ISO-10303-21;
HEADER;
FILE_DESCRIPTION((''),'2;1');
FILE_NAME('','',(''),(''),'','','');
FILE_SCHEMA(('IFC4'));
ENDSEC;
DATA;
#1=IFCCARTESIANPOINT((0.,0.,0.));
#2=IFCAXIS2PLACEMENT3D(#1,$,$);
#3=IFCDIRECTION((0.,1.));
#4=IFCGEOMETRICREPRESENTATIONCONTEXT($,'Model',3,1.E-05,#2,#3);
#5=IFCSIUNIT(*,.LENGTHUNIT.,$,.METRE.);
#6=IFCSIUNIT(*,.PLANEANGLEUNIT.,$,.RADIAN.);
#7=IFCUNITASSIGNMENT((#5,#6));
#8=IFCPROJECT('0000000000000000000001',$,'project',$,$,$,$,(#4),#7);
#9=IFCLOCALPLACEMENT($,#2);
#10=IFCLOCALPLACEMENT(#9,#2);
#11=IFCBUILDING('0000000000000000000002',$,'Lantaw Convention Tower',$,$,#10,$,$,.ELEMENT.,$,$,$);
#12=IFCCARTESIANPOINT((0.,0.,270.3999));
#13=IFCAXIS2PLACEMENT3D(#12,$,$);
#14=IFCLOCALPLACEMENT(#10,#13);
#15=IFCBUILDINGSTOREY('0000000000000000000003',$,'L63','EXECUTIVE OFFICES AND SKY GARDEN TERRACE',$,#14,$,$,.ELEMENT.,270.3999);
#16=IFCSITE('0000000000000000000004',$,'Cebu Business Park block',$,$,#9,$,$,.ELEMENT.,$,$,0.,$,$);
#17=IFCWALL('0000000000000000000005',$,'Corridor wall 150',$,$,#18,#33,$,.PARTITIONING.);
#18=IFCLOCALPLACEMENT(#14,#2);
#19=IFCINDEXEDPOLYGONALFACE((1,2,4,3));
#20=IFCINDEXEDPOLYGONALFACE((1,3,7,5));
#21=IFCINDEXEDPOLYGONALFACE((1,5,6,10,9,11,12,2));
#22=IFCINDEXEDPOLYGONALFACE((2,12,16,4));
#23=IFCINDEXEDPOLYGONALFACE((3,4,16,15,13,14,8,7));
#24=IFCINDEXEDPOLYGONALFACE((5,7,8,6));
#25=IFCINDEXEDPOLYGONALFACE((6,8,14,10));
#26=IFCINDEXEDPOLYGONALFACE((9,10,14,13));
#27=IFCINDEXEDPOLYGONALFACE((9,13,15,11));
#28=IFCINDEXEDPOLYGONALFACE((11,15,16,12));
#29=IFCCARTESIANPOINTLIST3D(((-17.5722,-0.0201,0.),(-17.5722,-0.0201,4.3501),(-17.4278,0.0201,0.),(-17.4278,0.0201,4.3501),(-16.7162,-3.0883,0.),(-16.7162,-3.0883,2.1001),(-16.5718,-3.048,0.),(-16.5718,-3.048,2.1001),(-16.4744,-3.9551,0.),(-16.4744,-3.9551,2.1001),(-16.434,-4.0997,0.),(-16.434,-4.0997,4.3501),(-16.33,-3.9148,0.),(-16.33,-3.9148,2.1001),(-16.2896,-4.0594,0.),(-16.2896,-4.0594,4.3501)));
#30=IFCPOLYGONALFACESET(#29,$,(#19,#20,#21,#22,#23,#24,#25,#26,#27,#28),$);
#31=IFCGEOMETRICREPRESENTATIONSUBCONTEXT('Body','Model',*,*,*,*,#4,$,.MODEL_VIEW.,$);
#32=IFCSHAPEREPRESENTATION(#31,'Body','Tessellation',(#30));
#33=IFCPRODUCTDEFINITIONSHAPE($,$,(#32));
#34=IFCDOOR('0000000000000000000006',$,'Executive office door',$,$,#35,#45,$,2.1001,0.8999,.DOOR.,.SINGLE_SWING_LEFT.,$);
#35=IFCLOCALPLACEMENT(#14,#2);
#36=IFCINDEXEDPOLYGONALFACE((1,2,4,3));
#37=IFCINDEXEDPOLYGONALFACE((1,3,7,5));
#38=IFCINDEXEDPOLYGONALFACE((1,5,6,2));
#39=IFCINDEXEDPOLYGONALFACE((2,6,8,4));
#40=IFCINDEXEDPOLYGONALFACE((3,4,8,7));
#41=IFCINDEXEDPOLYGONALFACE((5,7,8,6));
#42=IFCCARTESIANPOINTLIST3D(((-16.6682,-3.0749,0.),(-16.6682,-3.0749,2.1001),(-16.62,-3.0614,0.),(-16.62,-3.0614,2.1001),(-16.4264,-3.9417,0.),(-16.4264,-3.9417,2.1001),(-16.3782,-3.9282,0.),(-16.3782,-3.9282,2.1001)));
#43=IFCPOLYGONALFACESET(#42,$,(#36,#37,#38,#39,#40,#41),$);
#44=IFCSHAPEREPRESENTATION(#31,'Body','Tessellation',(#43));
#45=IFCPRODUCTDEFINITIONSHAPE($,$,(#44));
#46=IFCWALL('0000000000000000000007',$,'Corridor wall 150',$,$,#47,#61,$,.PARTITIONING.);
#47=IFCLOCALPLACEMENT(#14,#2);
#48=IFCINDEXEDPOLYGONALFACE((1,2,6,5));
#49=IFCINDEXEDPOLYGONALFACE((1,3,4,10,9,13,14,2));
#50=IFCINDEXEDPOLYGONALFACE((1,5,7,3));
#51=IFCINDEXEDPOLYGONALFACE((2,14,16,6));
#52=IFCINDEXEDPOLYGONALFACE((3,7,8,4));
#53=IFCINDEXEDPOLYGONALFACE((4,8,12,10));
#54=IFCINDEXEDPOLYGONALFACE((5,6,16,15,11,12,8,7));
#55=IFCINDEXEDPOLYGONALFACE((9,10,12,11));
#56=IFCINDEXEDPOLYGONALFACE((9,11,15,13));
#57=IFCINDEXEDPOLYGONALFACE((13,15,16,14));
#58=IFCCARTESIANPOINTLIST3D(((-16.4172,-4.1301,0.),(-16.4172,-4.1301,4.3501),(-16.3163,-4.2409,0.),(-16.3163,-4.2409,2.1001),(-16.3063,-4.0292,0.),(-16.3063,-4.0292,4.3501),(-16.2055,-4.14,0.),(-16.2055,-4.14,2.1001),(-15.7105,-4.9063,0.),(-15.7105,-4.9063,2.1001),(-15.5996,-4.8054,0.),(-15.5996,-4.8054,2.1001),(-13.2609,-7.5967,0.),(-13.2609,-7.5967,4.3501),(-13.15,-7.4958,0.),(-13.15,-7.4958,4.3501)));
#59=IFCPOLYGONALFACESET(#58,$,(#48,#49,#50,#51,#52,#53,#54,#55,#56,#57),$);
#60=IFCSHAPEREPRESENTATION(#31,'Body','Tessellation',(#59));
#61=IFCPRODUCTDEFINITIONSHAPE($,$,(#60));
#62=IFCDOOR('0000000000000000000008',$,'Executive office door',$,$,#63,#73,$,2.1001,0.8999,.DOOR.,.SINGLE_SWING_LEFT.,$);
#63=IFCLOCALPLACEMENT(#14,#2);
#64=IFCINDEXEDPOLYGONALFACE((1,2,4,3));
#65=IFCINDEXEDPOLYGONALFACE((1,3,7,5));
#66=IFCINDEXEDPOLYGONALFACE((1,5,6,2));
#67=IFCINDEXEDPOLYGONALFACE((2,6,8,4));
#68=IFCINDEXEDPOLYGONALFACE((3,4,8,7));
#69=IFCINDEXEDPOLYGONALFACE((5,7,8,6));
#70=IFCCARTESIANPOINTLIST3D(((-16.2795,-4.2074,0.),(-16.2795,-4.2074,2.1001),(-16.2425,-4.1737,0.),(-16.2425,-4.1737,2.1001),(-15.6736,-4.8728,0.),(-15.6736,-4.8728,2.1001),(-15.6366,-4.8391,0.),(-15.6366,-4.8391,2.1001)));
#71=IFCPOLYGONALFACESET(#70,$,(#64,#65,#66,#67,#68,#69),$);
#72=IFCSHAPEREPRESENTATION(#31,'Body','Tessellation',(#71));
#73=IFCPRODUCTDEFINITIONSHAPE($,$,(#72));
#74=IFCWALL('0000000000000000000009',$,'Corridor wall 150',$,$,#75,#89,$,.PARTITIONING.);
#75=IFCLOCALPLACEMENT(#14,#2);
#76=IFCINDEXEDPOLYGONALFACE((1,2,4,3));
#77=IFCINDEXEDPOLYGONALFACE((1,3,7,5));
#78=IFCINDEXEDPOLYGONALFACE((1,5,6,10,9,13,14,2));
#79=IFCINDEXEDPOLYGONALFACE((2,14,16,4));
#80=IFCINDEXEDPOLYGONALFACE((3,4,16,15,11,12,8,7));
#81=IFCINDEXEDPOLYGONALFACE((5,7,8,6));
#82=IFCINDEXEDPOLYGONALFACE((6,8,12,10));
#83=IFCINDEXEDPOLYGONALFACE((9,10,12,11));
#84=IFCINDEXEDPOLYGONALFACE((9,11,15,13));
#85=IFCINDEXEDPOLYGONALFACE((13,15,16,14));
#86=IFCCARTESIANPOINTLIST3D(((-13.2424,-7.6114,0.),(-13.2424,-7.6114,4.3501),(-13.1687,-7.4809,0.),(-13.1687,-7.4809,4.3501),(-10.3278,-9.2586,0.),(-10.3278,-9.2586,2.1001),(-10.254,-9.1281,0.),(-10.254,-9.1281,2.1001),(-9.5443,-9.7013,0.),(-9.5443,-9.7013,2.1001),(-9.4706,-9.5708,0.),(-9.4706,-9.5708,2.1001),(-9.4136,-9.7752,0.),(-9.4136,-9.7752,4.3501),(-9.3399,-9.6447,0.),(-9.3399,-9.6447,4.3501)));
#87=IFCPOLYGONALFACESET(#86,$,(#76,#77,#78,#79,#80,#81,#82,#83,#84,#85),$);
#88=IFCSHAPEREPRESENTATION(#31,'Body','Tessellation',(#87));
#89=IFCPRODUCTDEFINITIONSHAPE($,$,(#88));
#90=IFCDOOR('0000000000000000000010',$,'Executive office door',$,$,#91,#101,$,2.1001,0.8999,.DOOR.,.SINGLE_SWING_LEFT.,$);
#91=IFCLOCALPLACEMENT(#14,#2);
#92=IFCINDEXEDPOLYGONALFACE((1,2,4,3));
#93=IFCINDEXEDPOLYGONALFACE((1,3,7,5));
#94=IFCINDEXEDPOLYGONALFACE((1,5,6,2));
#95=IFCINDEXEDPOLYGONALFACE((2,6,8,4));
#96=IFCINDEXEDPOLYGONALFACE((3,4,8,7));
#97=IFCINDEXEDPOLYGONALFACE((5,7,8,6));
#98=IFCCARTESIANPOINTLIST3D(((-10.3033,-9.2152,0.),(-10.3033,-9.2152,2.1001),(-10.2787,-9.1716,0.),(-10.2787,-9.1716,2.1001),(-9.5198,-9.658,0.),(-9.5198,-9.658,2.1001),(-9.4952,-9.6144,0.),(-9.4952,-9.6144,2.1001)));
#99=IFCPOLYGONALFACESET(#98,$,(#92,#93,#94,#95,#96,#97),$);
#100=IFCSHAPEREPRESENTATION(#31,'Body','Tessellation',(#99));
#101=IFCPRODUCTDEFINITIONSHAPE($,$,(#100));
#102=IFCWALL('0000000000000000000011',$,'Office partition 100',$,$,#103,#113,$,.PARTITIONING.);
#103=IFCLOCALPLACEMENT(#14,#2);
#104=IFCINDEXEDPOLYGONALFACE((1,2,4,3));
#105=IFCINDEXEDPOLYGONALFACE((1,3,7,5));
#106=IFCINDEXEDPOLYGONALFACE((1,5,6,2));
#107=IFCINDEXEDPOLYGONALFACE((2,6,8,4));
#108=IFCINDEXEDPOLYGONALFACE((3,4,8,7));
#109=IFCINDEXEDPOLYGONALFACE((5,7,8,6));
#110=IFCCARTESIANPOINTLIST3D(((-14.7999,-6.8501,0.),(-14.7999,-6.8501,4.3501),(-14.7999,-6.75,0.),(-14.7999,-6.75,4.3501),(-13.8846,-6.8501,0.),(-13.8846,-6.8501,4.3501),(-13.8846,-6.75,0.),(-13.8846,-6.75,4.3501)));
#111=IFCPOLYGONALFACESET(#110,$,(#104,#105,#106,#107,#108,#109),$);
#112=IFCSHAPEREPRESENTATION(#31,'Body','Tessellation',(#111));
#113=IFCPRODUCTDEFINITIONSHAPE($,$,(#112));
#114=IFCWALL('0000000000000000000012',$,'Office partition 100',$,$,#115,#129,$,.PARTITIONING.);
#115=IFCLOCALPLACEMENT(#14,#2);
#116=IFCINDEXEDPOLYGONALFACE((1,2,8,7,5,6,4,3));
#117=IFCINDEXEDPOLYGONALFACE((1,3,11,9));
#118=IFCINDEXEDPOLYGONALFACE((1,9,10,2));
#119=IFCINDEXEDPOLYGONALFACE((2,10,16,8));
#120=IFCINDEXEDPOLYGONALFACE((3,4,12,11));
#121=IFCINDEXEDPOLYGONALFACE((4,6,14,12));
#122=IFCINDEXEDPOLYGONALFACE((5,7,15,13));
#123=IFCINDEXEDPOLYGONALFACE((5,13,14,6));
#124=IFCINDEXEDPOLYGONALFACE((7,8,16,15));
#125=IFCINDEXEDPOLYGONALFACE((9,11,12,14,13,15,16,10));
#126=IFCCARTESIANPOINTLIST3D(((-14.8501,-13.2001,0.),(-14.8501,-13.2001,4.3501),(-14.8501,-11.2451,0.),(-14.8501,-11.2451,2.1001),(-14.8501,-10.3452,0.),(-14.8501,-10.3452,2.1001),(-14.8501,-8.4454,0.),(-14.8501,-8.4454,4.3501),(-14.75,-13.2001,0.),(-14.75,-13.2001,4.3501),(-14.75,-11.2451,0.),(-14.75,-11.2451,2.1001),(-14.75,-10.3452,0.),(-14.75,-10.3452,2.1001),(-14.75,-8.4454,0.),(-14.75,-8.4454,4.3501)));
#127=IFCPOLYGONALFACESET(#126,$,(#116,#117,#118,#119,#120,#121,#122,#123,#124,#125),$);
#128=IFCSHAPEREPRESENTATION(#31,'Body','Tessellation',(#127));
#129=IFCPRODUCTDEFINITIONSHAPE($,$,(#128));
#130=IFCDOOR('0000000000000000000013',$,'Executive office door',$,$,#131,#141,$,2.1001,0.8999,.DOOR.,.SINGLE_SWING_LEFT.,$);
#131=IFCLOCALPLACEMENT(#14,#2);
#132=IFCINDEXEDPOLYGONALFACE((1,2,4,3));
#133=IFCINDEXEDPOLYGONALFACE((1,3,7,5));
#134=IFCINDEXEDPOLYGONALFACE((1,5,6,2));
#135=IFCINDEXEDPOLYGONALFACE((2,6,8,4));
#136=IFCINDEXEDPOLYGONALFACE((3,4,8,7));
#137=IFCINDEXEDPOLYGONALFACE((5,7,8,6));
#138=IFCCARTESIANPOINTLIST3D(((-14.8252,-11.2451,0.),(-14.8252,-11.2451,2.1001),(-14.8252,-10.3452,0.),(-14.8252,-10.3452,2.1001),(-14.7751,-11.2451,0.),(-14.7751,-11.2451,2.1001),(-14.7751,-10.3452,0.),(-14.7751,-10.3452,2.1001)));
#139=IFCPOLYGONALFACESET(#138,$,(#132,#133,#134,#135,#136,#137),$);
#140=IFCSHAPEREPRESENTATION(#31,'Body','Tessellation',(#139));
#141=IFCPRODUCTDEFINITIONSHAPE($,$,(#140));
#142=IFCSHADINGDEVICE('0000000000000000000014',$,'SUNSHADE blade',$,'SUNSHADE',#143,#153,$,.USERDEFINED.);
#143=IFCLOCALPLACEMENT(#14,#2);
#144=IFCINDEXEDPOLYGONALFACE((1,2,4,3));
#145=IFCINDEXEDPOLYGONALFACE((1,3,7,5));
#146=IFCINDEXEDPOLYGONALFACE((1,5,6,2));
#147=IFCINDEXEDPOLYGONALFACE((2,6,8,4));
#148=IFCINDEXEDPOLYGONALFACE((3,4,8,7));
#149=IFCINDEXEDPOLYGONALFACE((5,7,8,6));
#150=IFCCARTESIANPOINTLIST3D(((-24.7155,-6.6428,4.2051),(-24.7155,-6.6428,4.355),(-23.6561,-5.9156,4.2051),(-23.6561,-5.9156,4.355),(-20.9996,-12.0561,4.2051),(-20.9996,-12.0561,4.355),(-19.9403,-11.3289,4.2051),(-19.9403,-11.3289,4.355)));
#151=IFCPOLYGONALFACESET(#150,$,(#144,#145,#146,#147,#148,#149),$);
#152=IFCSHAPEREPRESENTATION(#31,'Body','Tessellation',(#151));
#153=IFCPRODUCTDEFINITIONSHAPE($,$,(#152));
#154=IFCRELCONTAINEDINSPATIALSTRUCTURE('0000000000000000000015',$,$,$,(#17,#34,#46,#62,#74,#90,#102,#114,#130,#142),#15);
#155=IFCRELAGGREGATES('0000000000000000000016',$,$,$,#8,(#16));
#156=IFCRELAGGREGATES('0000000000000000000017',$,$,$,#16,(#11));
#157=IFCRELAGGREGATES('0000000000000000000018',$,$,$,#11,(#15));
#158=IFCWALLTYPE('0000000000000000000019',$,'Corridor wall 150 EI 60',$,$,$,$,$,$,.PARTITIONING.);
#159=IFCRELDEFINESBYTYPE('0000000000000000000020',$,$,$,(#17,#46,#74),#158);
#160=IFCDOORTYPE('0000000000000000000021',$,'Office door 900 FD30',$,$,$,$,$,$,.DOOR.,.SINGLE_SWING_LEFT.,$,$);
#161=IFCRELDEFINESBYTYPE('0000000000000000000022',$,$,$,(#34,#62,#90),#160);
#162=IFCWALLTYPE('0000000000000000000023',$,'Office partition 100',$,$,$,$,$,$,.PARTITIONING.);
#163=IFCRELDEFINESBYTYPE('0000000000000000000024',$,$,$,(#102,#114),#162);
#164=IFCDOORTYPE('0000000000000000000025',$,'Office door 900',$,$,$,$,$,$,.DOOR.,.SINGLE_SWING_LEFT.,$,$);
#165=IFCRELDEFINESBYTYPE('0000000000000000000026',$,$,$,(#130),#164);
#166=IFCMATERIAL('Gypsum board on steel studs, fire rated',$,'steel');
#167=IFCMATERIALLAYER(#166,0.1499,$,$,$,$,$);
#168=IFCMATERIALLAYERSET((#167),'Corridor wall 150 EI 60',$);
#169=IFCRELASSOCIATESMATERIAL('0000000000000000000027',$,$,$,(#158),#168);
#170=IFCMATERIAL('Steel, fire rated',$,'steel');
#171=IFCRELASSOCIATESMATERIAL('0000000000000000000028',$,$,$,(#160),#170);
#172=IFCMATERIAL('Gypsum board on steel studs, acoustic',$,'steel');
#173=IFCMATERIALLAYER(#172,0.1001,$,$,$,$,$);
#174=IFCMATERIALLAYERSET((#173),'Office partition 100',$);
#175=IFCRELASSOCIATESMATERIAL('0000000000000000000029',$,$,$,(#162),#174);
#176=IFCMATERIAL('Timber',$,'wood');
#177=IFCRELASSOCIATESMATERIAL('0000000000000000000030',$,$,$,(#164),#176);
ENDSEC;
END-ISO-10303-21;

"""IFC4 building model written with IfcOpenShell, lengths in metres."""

from ifc_helpers import new_model, si_unit, direction, frame, frame_2d, origin, origin_2d, place, context, subcontext, project, spatial, rectangle, extrude, material, layer, layer_set, type_object, element, fill, save


model = new_model("IFC4")

# Units and contexts
model_context = context("Model", 3, precision=1e-05, world=origin(), true_north=direction((0.0, 1.0)))
body_context = subcontext(model_context, "Body", "Model", "MODEL_VIEW")
ifc_project = project(units=[si_unit("LENGTHUNIT", "METRE"), si_unit("PLANEANGLEUNIT", "RADIAN")], contexts=[model_context])

# Site, building, storey
site_placement = place(None, origin())
site = spatial("IfcSite", under=ifc_project, at=site_placement, Name="Cebu Business Park block", CompositionType="ELEMENT", RefElevation=0.0)
building_placement = place(site_placement, origin())
building = spatial("IfcBuilding", under=site, at=building_placement, Name="Lantaw Convention Tower", CompositionType="ELEMENT")
storey_placement = place(building_placement, frame((0.0, 0.0, 270.3999)))
storey = spatial("IfcBuildingStorey", under=building, at=storey_placement, Name="L63", Description="EXECUTIVE OFFICES AND SKY GARDEN TERRACE", CompositionType="ELEMENT", Elevation=270.3999)

# Walls, openings, doors
ifc_material_1 = material(Name="Gypsum board on steel studs, fire rated", Category="steel")
ifc_layer_1 = layer(ifc_material_1, 0.1499)
ifc_layer_set_1 = layer_set([ifc_layer_1], Name="Corridor wall 150 EI 60")
wall_type_1 = type_object("IfcWallType", Name="Corridor wall 150 EI 60", PredefinedType="PARTITIONING", material=ifc_layer_set_1)
wall_1_placement = place(storey_placement, frame((-17.5, 0.0, 0.0), z_axis=(0.0, 0.0, 1.0), x_axis=(0.268732, -0.963215, 0.0)))
wall_1 = element("IfcWall", 1, at=wall_1_placement, inside=storey, type_object=wall_type_1, Name="Corridor wall 150", PredefinedType="PARTITIONING", context=body_context, shape_type="SweptSolid", body=[
    extrude(rectangle(XDim=4.2354, YDim=0.1499, at=frame_2d((2.1177, 0.0))), origin(), (0.0, 0.0, 1.0), 4.3501),
])
opening_1_placement = place(wall_1_placement, frame((3.1853, 0.0, 0.0)))
opening_1 = element("IfcOpeningElement", 2, at=opening_1_placement, cuts=wall_1, PredefinedType="OPENING", context=body_context, shape_type="SweptSolid", body=[
    extrude(rectangle(XDim=0.8999, YDim=2.1001, at=frame_2d((0.45, 1.05))), frame((0.0, 0.085, 0.0), z_axis=(0.0, -1.0, 0.0), x_axis=(1.0, 0.0, 0.0)), (0.0, 0.0, 1.0), 0.1699),
])
ifc_material_2 = material(Name="Steel, fire rated", Category="steel")
door_type_1 = type_object("IfcDoorType", Name="Office door 900 FD30", OperationType="SINGLE_SWING_LEFT", PredefinedType="DOOR", material=ifc_material_2)
door_1_placement = place(opening_1_placement, origin())
door_1 = element("IfcDoor", 3, at=door_1_placement, inside=storey, type_object=door_type_1, Name="Executive office door", OperationType="SINGLE_SWING_LEFT", OverallHeight=2.1001, OverallWidth=0.8999, PredefinedType="DOOR", context=body_context, shape_type="SweptSolid", body=[
    extrude(rectangle(XDim=0.8999, YDim=2.1001, at=frame_2d((0.45, 1.05))), frame((0.0, 0.0249, 0.0), z_axis=(0.0, -1.0, 0.0), x_axis=(1.0, 0.0, 0.0)), (0.0, 0.0, 1.0), 0.05),
])
fill(opening_1, door_1)
wall_2_placement = place(storey_placement, frame((-16.3618, -4.0796, 0.0), z_axis=(0.0, 0.0, 1.0), x_axis=(0.673238, -0.739426, 0.0)))
wall_2 = element("IfcWall", 4, at=wall_2_placement, inside=storey, type_object=wall_type_1, Name="Corridor wall 150", PredefinedType="PARTITIONING", context=body_context, shape_type="SweptSolid", body=[
    extrude(rectangle(XDim=4.6882, YDim=0.1499, at=frame_2d((2.3442, 0.0))), origin(), (0.0, 0.0, 1.0), 4.3501),
])
opening_2_placement = place(wall_2_placement, frame((0.1499, 0.0, 0.0)))
opening_2 = element("IfcOpeningElement", 5, at=opening_2_placement, cuts=wall_2, PredefinedType="OPENING", context=body_context, shape_type="SweptSolid", body=[
    extrude(rectangle(XDim=0.8999, YDim=2.1001, at=frame_2d((0.45, 1.05))), frame((0.0, 0.085, 0.0), z_axis=(0.0, -1.0, 0.0), x_axis=(1.0, 0.0, 0.0)), (0.0, 0.0, 1.0), 0.1699),
])
door_2_placement = place(opening_2_placement, origin())
door_2 = element("IfcDoor", 6, at=door_2_placement, inside=storey, type_object=door_type_1, Name="Executive office door", OperationType="SINGLE_SWING_LEFT", OverallHeight=2.1001, OverallWidth=0.8999, PredefinedType="DOOR", context=body_context, shape_type="SweptSolid", body=[
    extrude(rectangle(XDim=0.8999, YDim=2.1001, at=frame_2d((0.45, 1.05))), frame((0.0, 0.0249, 0.0), z_axis=(0.0, -1.0, 0.0), x_axis=(1.0, 0.0, 0.0)), (0.0, 0.0, 1.0), 0.05),
])
fill(opening_2, door_2)
wall_3_placement = place(storey_placement, frame((-13.2056, -7.5461, 0.0), z_axis=(0.0, 0.0, 1.0), x_axis=(0.870594, -0.492002, 0.0)))
wall_3 = element("IfcWall", 7, at=wall_3_placement, inside=storey, type_object=wall_type_1, Name="Corridor wall 150", PredefinedType="PARTITIONING", context=body_context, shape_type="SweptSolid", body=[
    extrude(rectangle(XDim=4.3979, YDim=0.1499, at=frame_2d((2.199, 0.0))), origin(), (0.0, 0.0, 1.0), 4.3501),
])
opening_3_placement = place(wall_3_placement, frame((3.3479, 0.0, 0.0)))
opening_3 = element("IfcOpeningElement", 8, at=opening_3_placement, cuts=wall_3, PredefinedType="OPENING", context=body_context, shape_type="SweptSolid", body=[
    extrude(rectangle(XDim=0.8999, YDim=2.1001, at=frame_2d((0.45, 1.05))), frame((0.0, 0.085, 0.0), z_axis=(0.0, -1.0, 0.0), x_axis=(1.0, 0.0, 0.0)), (0.0, 0.0, 1.0), 0.1699),
])
door_3_placement = place(opening_3_placement, origin())
door_3 = element("IfcDoor", 9, at=door_3_placement, inside=storey, type_object=door_type_1, Name="Executive office door", OperationType="SINGLE_SWING_LEFT", OverallHeight=2.1001, OverallWidth=0.8999, PredefinedType="DOOR", context=body_context, shape_type="SweptSolid", body=[
    extrude(rectangle(XDim=0.8999, YDim=2.1001, at=frame_2d((0.45, 1.05))), frame((0.0, 0.0249, 0.0), z_axis=(0.0, -1.0, 0.0), x_axis=(1.0, 0.0, 0.0)), (0.0, 0.0, 1.0), 0.05),
])
fill(opening_3, door_3)

# Wall
ifc_material_3 = material(Name="Gypsum board on steel studs, acoustic", Category="steel")
ifc_layer_2 = layer(ifc_material_3, 0.1001)
ifc_layer_set_2 = layer_set([ifc_layer_2], Name="Office partition 100")
wall_type_2 = type_object("IfcWallType", Name="Office partition 100", PredefinedType="PARTITIONING", material=ifc_layer_set_2)
wall_4_placement = place(storey_placement, frame((-13.8848, -6.8, 0.0), z_axis=(0.0, 0.0, 1.0), x_axis=(-1.0, 0.0, 0.0)))
element("IfcWall", 10, at=wall_4_placement, inside=storey, type_object=wall_type_2, Name="Office partition 100", PredefinedType="PARTITIONING", context=body_context, shape_type="SweptSolid", body=[
    extrude(rectangle(XDim=0.9153, YDim=0.1001, at=frame_2d((0.4575, 0.0))), origin(), (0.0, 0.0, 1.0), 4.3501),
])

# Wall, opening, door
wall_5_placement = place(storey_placement, frame((-14.8, -8.4453, 0.0), z_axis=(0.0, 0.0, 1.0), x_axis=(0.0, -1.0, 0.0)))
wall_5 = element("IfcWall", 11, at=wall_5_placement, inside=storey, type_object=wall_type_2, Name="Office partition 100", PredefinedType="PARTITIONING", context=body_context, shape_type="SweptSolid", body=[
    extrude(rectangle(XDim=4.7546, YDim=0.1001, at=frame_2d((2.3774, 0.0))), origin(), (0.0, 0.0, 1.0), 4.3501),
])
opening_4_placement = place(wall_5_placement, frame((1.8999, 0.0, 0.0)))
opening_4 = element("IfcOpeningElement", 12, at=opening_4_placement, cuts=wall_5, PredefinedType="OPENING", context=body_context, shape_type="SweptSolid", body=[
    extrude(rectangle(XDim=0.8999, YDim=2.1001, at=frame_2d((0.45, 1.05))), frame((0.0, 0.0601, 0.0), z_axis=(0.0, -1.0, 0.0), x_axis=(1.0, 0.0, 0.0)), (0.0, 0.0, 1.0), 0.1201),
])
ifc_material_4 = material(Name="Timber", Category="wood")
door_type_2 = type_object("IfcDoorType", Name="Office door 900", OperationType="SINGLE_SWING_LEFT", PredefinedType="DOOR", material=ifc_material_4)
door_4_placement = place(opening_4_placement, origin())
door_4 = element("IfcDoor", 13, at=door_4_placement, inside=storey, type_object=door_type_2, Name="Executive office door", OperationType="SINGLE_SWING_LEFT", OverallHeight=2.1001, OverallWidth=0.8999, PredefinedType="DOOR", context=body_context, shape_type="SweptSolid", body=[
    extrude(rectangle(XDim=0.8999, YDim=2.1001, at=frame_2d((0.45, 1.05))), frame((0.0, 0.0249, 0.0), z_axis=(0.0, -1.0, 0.0), x_axis=(1.0, 0.0, 0.0)), (0.0, 0.0, 1.0), 0.05),
])
fill(opening_4, door_4)

# Shading device
shading_device_placement = place(storey_placement, frame((-22.3279, -8.9858, 4.2051), z_axis=(0.0, 0.0, 1.0), x_axis=(0.565935, -0.82445, 0.0)))
element("IfcShadingDevice", 14, at=shading_device_placement, inside=storey, Name="SUNSHADE blade", ObjectType="SUNSHADE", PredefinedType="USERDEFINED", context=body_context, shape_type="SweptSolid", body=[
    extrude(rectangle(XDim=6.5659, YDim=1.2849, at=origin_2d()), origin(), (0.0, 0.0, 1.0), 0.1499),
])

save(model, "model.ifc")
